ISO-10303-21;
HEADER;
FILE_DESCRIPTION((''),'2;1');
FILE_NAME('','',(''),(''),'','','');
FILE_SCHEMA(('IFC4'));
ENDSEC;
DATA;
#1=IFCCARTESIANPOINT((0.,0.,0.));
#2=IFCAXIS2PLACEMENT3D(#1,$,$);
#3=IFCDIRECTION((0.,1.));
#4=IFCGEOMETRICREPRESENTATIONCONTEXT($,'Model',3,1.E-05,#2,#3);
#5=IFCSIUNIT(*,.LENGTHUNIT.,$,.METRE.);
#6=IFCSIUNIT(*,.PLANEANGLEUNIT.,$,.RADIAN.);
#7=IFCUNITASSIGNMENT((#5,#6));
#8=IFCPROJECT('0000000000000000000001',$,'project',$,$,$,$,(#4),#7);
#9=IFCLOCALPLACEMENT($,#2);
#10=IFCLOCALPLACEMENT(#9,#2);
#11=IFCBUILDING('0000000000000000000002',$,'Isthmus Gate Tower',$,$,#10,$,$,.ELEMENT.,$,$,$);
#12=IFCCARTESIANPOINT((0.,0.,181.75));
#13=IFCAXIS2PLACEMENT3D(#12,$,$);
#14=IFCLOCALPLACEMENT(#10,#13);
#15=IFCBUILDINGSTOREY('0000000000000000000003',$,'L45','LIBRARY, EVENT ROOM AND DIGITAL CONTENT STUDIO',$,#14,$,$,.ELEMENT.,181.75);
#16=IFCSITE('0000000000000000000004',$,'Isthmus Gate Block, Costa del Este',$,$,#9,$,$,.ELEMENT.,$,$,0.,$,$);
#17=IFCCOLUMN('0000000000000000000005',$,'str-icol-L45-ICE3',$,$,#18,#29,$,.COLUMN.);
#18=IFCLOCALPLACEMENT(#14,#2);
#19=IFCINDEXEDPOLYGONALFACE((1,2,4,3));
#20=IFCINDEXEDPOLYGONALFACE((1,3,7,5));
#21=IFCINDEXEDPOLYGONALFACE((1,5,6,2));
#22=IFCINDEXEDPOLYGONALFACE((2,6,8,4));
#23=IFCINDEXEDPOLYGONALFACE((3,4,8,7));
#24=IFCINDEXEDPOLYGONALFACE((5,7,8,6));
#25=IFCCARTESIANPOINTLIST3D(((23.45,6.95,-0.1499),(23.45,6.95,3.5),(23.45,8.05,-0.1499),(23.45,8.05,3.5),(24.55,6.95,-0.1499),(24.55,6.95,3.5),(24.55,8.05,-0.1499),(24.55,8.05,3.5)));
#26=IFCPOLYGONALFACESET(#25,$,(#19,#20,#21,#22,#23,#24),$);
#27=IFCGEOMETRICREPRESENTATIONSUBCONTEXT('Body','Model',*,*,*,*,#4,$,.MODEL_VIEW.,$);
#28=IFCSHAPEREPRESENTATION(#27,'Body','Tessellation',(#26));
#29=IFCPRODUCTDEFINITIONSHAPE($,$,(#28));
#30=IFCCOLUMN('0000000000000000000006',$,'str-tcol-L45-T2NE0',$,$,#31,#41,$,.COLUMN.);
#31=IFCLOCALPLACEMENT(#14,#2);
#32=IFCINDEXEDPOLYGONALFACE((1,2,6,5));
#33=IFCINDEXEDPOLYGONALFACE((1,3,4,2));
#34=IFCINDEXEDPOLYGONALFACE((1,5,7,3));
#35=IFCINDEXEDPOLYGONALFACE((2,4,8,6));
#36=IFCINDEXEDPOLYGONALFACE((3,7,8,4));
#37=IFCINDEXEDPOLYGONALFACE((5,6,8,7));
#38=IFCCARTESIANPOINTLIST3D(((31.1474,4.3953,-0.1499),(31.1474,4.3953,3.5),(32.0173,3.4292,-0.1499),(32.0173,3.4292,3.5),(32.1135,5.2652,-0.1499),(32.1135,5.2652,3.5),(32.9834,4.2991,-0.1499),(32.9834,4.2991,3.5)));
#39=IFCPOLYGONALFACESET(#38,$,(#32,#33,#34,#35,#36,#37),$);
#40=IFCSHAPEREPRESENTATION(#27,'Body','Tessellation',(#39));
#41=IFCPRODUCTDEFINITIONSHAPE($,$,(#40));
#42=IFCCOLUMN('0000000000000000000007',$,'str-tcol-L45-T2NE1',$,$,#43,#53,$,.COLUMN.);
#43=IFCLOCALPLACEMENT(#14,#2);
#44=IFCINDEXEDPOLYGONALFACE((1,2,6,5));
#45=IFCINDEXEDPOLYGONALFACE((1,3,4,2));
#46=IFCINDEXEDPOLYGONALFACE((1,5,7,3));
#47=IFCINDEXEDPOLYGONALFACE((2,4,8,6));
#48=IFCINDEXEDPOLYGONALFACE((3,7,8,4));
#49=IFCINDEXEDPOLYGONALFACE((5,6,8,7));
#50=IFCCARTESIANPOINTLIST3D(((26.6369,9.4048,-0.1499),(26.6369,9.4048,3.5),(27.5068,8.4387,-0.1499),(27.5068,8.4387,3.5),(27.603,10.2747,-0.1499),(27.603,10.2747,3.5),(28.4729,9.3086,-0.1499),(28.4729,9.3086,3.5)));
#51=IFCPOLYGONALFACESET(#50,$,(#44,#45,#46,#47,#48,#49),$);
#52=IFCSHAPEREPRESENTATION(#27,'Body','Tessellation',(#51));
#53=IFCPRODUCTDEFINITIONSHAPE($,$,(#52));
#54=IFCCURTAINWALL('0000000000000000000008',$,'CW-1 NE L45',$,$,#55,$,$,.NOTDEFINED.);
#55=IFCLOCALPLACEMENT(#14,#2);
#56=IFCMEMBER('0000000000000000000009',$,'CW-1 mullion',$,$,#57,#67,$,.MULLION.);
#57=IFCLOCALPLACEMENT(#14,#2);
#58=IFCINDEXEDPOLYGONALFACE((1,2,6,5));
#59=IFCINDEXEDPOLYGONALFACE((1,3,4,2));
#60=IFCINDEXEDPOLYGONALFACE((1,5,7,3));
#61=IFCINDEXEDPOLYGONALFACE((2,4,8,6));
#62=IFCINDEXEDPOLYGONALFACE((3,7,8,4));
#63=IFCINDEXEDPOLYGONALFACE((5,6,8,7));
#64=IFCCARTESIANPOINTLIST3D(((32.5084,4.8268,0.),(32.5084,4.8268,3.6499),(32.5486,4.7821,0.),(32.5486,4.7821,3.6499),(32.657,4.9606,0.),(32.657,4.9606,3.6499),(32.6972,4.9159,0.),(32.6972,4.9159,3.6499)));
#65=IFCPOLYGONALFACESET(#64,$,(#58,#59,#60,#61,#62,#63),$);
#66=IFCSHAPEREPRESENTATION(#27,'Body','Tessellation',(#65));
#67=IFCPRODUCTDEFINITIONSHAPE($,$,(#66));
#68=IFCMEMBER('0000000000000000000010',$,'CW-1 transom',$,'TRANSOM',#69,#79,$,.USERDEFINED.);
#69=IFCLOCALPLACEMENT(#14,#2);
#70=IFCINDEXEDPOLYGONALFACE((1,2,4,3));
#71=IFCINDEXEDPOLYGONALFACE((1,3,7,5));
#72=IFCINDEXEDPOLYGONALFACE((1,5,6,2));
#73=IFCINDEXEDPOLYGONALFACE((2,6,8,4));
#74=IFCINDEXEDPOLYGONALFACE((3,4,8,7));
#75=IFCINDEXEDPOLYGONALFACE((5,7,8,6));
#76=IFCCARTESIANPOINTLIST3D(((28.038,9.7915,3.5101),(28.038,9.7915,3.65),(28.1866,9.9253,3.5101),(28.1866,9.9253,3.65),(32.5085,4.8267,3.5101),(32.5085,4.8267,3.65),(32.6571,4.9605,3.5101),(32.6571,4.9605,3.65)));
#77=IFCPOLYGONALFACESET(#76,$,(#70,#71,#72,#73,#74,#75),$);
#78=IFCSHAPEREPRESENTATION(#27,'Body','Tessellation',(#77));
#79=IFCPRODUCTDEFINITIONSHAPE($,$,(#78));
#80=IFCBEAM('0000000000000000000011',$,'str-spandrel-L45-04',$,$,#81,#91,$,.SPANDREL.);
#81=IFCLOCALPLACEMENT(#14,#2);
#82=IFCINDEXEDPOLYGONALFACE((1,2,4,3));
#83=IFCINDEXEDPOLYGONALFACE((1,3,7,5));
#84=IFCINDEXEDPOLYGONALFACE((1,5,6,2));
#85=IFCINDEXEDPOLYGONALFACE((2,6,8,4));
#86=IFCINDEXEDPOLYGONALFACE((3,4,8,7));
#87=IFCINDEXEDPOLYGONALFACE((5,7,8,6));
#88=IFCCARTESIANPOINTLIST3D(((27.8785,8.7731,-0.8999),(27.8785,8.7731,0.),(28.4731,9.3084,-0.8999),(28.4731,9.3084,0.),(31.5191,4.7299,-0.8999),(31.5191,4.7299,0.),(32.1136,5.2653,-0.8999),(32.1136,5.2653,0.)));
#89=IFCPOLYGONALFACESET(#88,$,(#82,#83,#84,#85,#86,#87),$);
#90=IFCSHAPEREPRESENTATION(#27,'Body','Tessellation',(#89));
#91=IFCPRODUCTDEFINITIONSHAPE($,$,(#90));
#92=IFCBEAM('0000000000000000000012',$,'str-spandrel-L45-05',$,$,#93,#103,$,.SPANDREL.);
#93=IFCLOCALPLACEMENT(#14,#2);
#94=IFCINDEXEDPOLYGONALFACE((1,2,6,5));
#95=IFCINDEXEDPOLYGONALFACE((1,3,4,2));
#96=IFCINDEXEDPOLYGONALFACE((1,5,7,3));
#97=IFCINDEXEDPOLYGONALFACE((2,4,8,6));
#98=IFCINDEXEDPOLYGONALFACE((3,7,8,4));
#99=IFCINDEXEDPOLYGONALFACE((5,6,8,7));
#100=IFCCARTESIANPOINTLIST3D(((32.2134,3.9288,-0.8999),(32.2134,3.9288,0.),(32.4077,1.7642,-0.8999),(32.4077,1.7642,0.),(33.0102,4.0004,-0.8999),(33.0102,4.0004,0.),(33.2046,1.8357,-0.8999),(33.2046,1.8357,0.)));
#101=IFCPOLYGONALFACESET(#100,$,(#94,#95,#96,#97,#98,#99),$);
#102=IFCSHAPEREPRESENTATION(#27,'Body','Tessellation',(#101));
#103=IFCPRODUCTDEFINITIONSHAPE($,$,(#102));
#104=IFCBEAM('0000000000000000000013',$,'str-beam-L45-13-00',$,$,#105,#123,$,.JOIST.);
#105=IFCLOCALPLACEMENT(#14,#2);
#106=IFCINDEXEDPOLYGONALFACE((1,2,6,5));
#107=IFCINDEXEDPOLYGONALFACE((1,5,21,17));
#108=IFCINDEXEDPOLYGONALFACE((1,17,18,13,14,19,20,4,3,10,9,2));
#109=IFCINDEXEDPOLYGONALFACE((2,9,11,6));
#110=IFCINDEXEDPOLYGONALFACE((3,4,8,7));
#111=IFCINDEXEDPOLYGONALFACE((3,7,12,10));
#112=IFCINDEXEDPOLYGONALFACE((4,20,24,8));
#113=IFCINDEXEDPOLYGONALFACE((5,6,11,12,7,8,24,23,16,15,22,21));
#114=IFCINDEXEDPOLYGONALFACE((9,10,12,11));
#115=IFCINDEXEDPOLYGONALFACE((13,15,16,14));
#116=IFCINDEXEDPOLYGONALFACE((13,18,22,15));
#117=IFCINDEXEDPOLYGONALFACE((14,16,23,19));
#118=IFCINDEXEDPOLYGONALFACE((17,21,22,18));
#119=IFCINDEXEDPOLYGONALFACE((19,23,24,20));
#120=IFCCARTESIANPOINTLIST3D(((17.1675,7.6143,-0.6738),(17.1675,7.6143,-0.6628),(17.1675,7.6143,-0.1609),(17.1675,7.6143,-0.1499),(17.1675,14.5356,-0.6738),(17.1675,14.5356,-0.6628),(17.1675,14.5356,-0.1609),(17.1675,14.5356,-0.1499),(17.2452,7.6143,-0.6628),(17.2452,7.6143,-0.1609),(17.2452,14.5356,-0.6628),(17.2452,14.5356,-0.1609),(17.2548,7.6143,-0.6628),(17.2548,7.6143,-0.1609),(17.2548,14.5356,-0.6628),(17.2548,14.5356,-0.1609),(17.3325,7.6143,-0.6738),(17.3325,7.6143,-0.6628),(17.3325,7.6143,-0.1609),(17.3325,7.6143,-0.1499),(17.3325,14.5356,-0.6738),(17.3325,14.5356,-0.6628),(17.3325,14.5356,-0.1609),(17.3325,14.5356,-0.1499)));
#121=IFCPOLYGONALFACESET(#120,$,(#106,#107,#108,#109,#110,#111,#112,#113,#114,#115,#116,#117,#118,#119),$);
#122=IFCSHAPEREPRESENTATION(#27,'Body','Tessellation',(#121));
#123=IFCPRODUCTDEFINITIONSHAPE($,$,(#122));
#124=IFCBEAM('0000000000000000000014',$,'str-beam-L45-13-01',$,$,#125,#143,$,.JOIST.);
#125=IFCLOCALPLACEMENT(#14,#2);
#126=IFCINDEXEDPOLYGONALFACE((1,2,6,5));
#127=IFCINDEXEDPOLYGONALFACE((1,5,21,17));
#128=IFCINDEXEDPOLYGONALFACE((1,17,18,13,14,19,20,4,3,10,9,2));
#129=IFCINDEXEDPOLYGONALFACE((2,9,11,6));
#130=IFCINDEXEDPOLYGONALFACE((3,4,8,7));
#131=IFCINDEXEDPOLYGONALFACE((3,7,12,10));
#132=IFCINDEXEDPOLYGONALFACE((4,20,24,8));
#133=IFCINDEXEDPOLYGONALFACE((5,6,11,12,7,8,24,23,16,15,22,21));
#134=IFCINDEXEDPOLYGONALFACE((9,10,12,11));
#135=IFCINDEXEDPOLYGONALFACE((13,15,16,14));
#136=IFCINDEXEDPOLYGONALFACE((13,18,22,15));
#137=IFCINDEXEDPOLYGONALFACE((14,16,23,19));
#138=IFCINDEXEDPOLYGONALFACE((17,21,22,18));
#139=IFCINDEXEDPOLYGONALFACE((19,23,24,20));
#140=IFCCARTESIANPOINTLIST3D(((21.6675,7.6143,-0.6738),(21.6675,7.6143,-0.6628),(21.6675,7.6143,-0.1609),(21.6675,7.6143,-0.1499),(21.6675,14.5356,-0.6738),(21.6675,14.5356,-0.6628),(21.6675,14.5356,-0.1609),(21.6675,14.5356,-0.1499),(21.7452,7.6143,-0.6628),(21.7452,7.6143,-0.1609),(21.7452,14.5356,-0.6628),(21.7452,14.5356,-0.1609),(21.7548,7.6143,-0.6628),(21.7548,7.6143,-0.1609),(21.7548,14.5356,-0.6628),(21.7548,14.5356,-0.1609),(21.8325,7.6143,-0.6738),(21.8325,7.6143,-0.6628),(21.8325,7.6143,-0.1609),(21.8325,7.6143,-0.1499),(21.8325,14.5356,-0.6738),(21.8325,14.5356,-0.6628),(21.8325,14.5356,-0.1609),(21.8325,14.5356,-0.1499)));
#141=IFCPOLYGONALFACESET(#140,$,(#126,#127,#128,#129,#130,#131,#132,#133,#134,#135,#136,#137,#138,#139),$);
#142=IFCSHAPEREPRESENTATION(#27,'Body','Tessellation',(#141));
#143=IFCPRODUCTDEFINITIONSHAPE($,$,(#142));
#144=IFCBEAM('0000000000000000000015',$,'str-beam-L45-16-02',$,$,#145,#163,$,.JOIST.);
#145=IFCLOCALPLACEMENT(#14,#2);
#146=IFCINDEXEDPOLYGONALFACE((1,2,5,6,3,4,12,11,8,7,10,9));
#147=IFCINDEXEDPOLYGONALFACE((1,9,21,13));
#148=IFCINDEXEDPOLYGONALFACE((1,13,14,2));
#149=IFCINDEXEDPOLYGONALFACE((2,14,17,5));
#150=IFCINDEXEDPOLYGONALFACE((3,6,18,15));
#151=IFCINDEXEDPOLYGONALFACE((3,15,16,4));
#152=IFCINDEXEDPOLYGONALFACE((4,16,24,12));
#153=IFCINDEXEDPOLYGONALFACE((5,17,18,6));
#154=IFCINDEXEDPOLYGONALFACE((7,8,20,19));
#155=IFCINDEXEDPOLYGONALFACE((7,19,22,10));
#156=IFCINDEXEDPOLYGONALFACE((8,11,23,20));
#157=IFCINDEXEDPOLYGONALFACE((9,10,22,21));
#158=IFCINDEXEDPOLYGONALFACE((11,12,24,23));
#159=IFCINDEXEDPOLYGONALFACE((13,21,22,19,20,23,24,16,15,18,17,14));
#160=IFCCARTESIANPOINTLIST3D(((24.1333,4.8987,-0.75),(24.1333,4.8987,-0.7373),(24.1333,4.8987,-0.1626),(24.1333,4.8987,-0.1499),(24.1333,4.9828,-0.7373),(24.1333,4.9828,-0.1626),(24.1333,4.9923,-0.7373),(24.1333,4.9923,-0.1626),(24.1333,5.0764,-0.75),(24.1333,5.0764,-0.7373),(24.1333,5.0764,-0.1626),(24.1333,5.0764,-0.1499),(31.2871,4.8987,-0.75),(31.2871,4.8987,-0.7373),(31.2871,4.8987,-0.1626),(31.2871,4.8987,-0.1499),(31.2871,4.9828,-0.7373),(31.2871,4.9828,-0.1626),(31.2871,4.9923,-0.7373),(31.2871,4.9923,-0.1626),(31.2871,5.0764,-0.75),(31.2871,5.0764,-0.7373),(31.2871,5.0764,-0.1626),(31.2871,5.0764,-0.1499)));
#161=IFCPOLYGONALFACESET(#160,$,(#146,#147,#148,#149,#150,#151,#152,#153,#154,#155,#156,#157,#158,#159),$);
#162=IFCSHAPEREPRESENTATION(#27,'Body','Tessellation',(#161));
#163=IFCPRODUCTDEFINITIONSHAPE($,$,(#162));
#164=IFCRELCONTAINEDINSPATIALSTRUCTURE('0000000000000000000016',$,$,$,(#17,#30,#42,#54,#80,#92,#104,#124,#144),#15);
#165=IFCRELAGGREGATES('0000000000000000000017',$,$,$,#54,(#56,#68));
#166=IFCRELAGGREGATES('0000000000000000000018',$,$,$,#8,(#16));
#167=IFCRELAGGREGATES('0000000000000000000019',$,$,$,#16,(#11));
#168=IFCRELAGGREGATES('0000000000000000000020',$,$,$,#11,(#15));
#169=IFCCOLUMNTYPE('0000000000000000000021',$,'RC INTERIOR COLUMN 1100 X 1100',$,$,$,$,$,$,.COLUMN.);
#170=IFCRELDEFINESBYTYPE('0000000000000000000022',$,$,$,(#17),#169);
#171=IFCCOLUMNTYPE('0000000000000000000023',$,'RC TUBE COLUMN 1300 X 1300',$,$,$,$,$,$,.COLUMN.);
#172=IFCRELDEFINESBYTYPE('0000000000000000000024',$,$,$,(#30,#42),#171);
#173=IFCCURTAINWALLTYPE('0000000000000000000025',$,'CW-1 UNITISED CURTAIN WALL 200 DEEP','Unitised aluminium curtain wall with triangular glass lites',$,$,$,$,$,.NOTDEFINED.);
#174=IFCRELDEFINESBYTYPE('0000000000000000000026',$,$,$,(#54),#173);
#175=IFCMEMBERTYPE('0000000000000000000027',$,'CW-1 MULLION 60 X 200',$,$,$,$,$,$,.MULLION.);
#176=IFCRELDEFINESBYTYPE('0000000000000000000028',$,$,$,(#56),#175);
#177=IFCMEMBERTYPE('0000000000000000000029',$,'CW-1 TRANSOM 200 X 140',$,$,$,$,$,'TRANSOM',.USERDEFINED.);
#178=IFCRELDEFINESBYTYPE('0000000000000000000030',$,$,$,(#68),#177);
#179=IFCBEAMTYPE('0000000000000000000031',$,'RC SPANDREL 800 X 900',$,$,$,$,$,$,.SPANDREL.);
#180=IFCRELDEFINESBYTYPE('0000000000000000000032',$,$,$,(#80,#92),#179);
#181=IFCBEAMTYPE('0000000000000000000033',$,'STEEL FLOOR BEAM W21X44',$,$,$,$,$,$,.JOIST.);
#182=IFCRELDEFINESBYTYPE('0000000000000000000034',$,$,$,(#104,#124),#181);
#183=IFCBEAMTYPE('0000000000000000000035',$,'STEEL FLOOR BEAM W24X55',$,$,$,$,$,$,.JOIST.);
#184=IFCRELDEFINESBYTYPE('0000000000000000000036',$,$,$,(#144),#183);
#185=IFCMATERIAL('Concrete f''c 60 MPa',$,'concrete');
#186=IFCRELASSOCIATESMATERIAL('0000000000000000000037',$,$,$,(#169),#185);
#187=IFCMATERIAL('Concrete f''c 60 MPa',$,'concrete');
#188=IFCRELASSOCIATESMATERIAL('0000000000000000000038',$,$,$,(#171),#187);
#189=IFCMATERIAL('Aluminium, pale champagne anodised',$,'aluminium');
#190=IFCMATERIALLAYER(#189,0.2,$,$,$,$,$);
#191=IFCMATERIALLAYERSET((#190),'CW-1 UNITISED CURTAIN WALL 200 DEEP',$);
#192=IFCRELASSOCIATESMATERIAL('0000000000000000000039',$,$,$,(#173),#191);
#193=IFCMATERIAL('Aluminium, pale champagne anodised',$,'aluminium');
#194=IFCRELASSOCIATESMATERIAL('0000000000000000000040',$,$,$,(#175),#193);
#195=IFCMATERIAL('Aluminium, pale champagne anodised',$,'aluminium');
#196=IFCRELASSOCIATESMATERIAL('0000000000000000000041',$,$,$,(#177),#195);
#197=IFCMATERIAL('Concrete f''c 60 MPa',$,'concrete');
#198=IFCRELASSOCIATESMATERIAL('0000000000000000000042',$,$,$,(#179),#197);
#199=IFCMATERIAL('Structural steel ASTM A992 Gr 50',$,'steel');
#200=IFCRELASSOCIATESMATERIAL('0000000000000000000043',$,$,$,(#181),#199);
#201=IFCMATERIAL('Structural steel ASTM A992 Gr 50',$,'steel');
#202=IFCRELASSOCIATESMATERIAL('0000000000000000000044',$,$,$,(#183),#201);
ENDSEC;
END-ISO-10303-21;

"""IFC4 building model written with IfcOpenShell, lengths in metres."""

from ifc_helpers import new_model, si_unit, direction, frame, origin, origin_2d, place, context, subcontext, project, spatial, rectangle, i_section, extrude, material, layer, layer_set, material_profile, profile_set, type_object, element, aggregate, save


model = new_model("IFC4")

# Units and contexts
model_context = context("Model", 3, precision=1e-05, world=origin(), true_north=direction((0.0, 1.0)))
body_context = subcontext(model_context, "Body", "Model", "MODEL_VIEW")
ifc_project = project(units=[si_unit("LENGTHUNIT", "METRE"), si_unit("PLANEANGLEUNIT", "RADIAN")], contexts=[model_context])

# Site, building, storey
site_placement = place(None, origin())
site = spatial("IfcSite", under=ifc_project, at=site_placement, Name="Isthmus Gate Block, Costa del Este", CompositionType="ELEMENT", RefElevation=0.0)
building_placement = place(site_placement, origin())
building = spatial("IfcBuilding", under=site, at=building_placement, Name="Isthmus Gate Tower", CompositionType="ELEMENT")
storey_placement = place(building_placement, frame((0.0, 0.0, 181.75)))
storey = spatial("IfcBuildingStorey", under=building, at=storey_placement, Name="L45", Description="LIBRARY, EVENT ROOM AND DIGITAL CONTENT STUDIO", CompositionType="ELEMENT", Elevation=181.75)

# Columns
ifc_material_1 = material(Name="Concrete f'c 60 MPa", Category="concrete")
ifc_material_profile_1 = material_profile(ifc_material_1, rectangle(XDim=1.1001, YDim=1.1001, at=origin_2d()), Name="RC 1100X1100")
ifc_profile_set_1 = profile_set([ifc_material_profile_1], Name="Concrete f'c 60 MPa")
column_type_1 = type_object("IfcColumnType", Name="RC INTERIOR COLUMN 1100 X 1100", PredefinedType="COLUMN", material=ifc_profile_set_1)
column_placement = place(storey_placement, frame((24.0, 7.5, -0.1499), z_axis=(0.0, 0.0, 1.0), x_axis=(1.0, 0.0, 0.0)))
element("IfcColumn", 1, at=column_placement, inside=storey, type_object=column_type_1, Name="str-icol-L45-ICE3", PredefinedType="COLUMN", context=body_context, shape_type="SweptSolid", body=[
    extrude(rectangle(XDim=1.1001, YDim=1.1001, at=origin_2d()), origin(), (0.0, 0.0, 1.0), 3.6499),
])
ifc_material_2 = material(Name="Concrete f'c 60 MPa", Category="concrete")
ifc_material_profile_2 = material_profile(ifc_material_2, rectangle(XDim=1.3, YDim=1.3, at=origin_2d()), Name="RC 1300X1300")
ifc_profile_set_2 = profile_set([ifc_material_profile_2], Name="Concrete f'c 60 MPa")
column_type_2 = type_object("IfcColumnType", Name="RC TUBE COLUMN 1300 X 1300", PredefinedType="COLUMN", material=ifc_profile_set_2)
for number, where, z_axis, x_axis, name in (
    (2, (32.0654, 4.3472, -0.1499), (0.0, 0.0, 1.0), (-0.669131, 0.743145, 0.0), "str-tcol-L45-T2NE0"),
    (3, (27.5549, 9.3567, -0.1499), (0.0, 0.0, 1.0), (-0.669131, 0.743145, 0.0), "str-tcol-L45-T2NE1"),
):
    element("IfcColumn", number, at=place(storey_placement, frame(where, z_axis=z_axis, x_axis=x_axis)), inside=storey, type_object=column_type_2, Name=name, PredefinedType="COLUMN", context=body_context, shape_type="SweptSolid", body=[
        extrude(rectangle(XDim=1.3, YDim=1.3, at=origin_2d()), origin(), (0.0, 0.0, 1.0), 3.6499),
    ])

# Curtain wall, members
ifc_material_3 = material(Name="Aluminium, pale champagne anodised", Category="aluminium")
ifc_layer_1 = layer(ifc_material_3, 0.2)
ifc_layer_set_1 = layer_set([ifc_layer_1], Name="CW-1 UNITISED CURTAIN WALL 200 DEEP")
curtain_wall_type = type_object("IfcCurtainWallType", Name="CW-1 UNITISED CURTAIN WALL 200 DEEP", Description="Unitised aluminium curtain wall with triangular glass lites", PredefinedType="NOTDEFINED", material=ifc_layer_set_1)
curtain_wall_1_placement = place(storey_placement, origin())
curtain_wall_1 = element("IfcCurtainWall", 4, at=curtain_wall_1_placement, inside=storey, type_object=curtain_wall_type, Name="CW-1 NE L45", PredefinedType="NOTDEFINED")
ifc_material_4 = material(Name="Aluminium, pale champagne anodised", Category="aluminium")
ifc_material_profile_3 = material_profile(ifc_material_4, rectangle(XDim=0.0601, YDim=0.2, at=origin_2d()), Name="60x200")
ifc_profile_set_3 = profile_set([ifc_material_profile_3], Name="Aluminium, pale champagne anodised")
member_type_1 = type_object("IfcMemberType", Name="CW-1 MULLION 60 X 200", PredefinedType="MULLION", material=ifc_profile_set_3)
member_1_placement = place(storey_placement, frame((32.6028, 4.8713, 0.0), z_axis=(0.0, 0.0, 1.0), x_axis=(-0.669131, 0.743145, 0.0)))
member_1 = element("IfcMember", 5, at=member_1_placement, type_object=member_type_1, Name="CW-1 mullion", PredefinedType="MULLION", context=body_context, shape_type="SweptSolid", body=[
    extrude(rectangle(XDim=0.0601, YDim=0.2, at=origin_2d()), origin(), (0.0, 0.0, 1.0), 3.6499),
])
ifc_material_5 = material(Name="Aluminium, pale champagne anodised", Category="aluminium")
ifc_material_profile_4 = material_profile(ifc_material_5, rectangle(XDim=0.2, YDim=0.1399, at=origin_2d()), Name="200x140")
ifc_profile_set_4 = profile_set([ifc_material_profile_4], Name="Aluminium, pale champagne anodised")
member_type_2 = type_object("IfcMemberType", Name="CW-1 TRANSOM 200 X 140", ElementType="TRANSOM", PredefinedType="USERDEFINED", material=ifc_profile_set_4)
member_2_placement = place(storey_placement, frame((32.5828, 4.8936, 3.5801), z_axis=(-0.669138, 0.743138, 0.0), x_axis=(-0.743138, -0.669138, 0.0)))
member_2 = element("IfcMember", 6, at=member_2_placement, type_object=member_type_2, Name="CW-1 transom", ObjectType="TRANSOM", PredefinedType="USERDEFINED", context=body_context, shape_type="SweptSolid", body=[
    extrude(rectangle(XDim=0.2, YDim=0.1399, at=origin_2d()), origin(), (0.0, 0.0, 1.0), 6.6809),
])

# Beams
ifc_material_6 = material(Name="Concrete f'c 60 MPa", Category="concrete")
ifc_material_profile_5 = material_profile(ifc_material_6, rectangle(XDim=0.8, YDim=0.8999, at=origin_2d()), Name="RC 800X900")
ifc_profile_set_5 = profile_set([ifc_material_profile_5], Name="Concrete f'c 60 MPa")
beam_type_1 = type_object("IfcBeamType", Name="RC SPANDREL 800 X 900", PredefinedType="SPANDREL", material=ifc_profile_set_5)
beam_1_placement = place(storey_placement, frame((28.1758, 9.0408, -0.45), z_axis=(0.669141, -0.743136, 0.0), x_axis=(0.743136, 0.669141, 0.0)))
element("IfcBeam", 7, at=beam_1_placement, inside=storey, type_object=beam_type_1, Name="str-spandrel-L45-04", PredefinedType="SPANDREL", context=body_context, shape_type="SweptSolid", body=[
    extrude(rectangle(XDim=0.8, YDim=0.8999, at=origin_2d()), origin(), (0.0, 0.0, 1.0), 5.4407),
])
beam_2_placement = place(storey_placement, frame((32.6118, 3.9646, -0.45), z_axis=(0.089422, -0.995994, 0.0), x_axis=(0.995994, 0.089422, 0.0)))
element("IfcBeam", 8, at=beam_2_placement, inside=storey, type_object=beam_type_1, Name="str-spandrel-L45-05", PredefinedType="SPANDREL", context=body_context, shape_type="SweptSolid", body=[
    extrude(rectangle(XDim=0.8, YDim=0.8999, at=origin_2d()), origin(), (0.0, 0.0, 1.0), 2.1733),
])
ifc_material_7 = material(Name="Structural steel ASTM A992 Gr 50", Category="steel")
ifc_material_profile_6 = material_profile(ifc_material_7, i_section(OverallWidth=0.165, OverallDepth=0.5239, WebThickness=0.0095, FlangeThickness=0.011, at=origin_2d()), Name="W21X44")
ifc_profile_set_6 = profile_set([ifc_material_profile_6], Name="Structural steel ASTM A992 Gr 50")
beam_type_2 = type_object("IfcBeamType", Name="STEEL FLOOR BEAM W21X44", PredefinedType="JOIST", material=ifc_profile_set_6)
for number, where, z_axis, x_axis, name in (
    (9, (17.25, 7.6143, -0.4119), (0.0, 1.0, 0.0), (-1.0, 0.0, 0.0), "str-beam-L45-13-00"),
    (10, (21.75, 7.6143, -0.4119), (0.0, 1.0, 0.0), (-1.0, 0.0, 0.0), "str-beam-L45-13-01"),
):
    element("IfcBeam", number, at=place(storey_placement, frame(where, z_axis=z_axis, x_axis=x_axis)), inside=storey, type_object=beam_type_2, Name=name, PredefinedType="JOIST", context=body_context, shape_type="SweptSolid", body=[
        extrude(i_section(OverallWidth=0.165, OverallDepth=0.5239, WebThickness=0.0095, FlangeThickness=0.011, at=origin_2d()), origin(), (0.0, 0.0, 1.0), 6.9214),
    ])
ifc_material_8 = material(Name="Structural steel ASTM A992 Gr 50", Category="steel")
ifc_material_profile_7 = material_profile(ifc_material_8, i_section(OverallWidth=0.1777, OverallDepth=0.6001, WebThickness=0.0095, FlangeThickness=0.0127, at=origin_2d()), Name="W24X55")
ifc_profile_set_7 = profile_set([ifc_material_profile_7], Name="Structural steel ASTM A992 Gr 50")
beam_type_3 = type_object("IfcBeamType", Name="STEEL FLOOR BEAM W24X55", PredefinedType="JOIST", material=ifc_profile_set_7)
beam_3_placement = place(storey_placement, frame((24.1333, 4.9875, -0.45), z_axis=(1.0, 0.0, 0.0), x_axis=(0.0, 1.0, 0.0)))
element("IfcBeam", 11, at=beam_3_placement, inside=storey, type_object=beam_type_3, Name="str-beam-L45-16-02", PredefinedType="JOIST", context=body_context, shape_type="SweptSolid", body=[
    extrude(i_section(OverallWidth=0.1777, OverallDepth=0.6001, WebThickness=0.0095, FlangeThickness=0.0127, at=origin_2d()), origin(), (0.0, 0.0, 1.0), 7.1538),
])

aggregate(curtain_wall_1, [member_1, member_2])

save(model, "model.ifc")
